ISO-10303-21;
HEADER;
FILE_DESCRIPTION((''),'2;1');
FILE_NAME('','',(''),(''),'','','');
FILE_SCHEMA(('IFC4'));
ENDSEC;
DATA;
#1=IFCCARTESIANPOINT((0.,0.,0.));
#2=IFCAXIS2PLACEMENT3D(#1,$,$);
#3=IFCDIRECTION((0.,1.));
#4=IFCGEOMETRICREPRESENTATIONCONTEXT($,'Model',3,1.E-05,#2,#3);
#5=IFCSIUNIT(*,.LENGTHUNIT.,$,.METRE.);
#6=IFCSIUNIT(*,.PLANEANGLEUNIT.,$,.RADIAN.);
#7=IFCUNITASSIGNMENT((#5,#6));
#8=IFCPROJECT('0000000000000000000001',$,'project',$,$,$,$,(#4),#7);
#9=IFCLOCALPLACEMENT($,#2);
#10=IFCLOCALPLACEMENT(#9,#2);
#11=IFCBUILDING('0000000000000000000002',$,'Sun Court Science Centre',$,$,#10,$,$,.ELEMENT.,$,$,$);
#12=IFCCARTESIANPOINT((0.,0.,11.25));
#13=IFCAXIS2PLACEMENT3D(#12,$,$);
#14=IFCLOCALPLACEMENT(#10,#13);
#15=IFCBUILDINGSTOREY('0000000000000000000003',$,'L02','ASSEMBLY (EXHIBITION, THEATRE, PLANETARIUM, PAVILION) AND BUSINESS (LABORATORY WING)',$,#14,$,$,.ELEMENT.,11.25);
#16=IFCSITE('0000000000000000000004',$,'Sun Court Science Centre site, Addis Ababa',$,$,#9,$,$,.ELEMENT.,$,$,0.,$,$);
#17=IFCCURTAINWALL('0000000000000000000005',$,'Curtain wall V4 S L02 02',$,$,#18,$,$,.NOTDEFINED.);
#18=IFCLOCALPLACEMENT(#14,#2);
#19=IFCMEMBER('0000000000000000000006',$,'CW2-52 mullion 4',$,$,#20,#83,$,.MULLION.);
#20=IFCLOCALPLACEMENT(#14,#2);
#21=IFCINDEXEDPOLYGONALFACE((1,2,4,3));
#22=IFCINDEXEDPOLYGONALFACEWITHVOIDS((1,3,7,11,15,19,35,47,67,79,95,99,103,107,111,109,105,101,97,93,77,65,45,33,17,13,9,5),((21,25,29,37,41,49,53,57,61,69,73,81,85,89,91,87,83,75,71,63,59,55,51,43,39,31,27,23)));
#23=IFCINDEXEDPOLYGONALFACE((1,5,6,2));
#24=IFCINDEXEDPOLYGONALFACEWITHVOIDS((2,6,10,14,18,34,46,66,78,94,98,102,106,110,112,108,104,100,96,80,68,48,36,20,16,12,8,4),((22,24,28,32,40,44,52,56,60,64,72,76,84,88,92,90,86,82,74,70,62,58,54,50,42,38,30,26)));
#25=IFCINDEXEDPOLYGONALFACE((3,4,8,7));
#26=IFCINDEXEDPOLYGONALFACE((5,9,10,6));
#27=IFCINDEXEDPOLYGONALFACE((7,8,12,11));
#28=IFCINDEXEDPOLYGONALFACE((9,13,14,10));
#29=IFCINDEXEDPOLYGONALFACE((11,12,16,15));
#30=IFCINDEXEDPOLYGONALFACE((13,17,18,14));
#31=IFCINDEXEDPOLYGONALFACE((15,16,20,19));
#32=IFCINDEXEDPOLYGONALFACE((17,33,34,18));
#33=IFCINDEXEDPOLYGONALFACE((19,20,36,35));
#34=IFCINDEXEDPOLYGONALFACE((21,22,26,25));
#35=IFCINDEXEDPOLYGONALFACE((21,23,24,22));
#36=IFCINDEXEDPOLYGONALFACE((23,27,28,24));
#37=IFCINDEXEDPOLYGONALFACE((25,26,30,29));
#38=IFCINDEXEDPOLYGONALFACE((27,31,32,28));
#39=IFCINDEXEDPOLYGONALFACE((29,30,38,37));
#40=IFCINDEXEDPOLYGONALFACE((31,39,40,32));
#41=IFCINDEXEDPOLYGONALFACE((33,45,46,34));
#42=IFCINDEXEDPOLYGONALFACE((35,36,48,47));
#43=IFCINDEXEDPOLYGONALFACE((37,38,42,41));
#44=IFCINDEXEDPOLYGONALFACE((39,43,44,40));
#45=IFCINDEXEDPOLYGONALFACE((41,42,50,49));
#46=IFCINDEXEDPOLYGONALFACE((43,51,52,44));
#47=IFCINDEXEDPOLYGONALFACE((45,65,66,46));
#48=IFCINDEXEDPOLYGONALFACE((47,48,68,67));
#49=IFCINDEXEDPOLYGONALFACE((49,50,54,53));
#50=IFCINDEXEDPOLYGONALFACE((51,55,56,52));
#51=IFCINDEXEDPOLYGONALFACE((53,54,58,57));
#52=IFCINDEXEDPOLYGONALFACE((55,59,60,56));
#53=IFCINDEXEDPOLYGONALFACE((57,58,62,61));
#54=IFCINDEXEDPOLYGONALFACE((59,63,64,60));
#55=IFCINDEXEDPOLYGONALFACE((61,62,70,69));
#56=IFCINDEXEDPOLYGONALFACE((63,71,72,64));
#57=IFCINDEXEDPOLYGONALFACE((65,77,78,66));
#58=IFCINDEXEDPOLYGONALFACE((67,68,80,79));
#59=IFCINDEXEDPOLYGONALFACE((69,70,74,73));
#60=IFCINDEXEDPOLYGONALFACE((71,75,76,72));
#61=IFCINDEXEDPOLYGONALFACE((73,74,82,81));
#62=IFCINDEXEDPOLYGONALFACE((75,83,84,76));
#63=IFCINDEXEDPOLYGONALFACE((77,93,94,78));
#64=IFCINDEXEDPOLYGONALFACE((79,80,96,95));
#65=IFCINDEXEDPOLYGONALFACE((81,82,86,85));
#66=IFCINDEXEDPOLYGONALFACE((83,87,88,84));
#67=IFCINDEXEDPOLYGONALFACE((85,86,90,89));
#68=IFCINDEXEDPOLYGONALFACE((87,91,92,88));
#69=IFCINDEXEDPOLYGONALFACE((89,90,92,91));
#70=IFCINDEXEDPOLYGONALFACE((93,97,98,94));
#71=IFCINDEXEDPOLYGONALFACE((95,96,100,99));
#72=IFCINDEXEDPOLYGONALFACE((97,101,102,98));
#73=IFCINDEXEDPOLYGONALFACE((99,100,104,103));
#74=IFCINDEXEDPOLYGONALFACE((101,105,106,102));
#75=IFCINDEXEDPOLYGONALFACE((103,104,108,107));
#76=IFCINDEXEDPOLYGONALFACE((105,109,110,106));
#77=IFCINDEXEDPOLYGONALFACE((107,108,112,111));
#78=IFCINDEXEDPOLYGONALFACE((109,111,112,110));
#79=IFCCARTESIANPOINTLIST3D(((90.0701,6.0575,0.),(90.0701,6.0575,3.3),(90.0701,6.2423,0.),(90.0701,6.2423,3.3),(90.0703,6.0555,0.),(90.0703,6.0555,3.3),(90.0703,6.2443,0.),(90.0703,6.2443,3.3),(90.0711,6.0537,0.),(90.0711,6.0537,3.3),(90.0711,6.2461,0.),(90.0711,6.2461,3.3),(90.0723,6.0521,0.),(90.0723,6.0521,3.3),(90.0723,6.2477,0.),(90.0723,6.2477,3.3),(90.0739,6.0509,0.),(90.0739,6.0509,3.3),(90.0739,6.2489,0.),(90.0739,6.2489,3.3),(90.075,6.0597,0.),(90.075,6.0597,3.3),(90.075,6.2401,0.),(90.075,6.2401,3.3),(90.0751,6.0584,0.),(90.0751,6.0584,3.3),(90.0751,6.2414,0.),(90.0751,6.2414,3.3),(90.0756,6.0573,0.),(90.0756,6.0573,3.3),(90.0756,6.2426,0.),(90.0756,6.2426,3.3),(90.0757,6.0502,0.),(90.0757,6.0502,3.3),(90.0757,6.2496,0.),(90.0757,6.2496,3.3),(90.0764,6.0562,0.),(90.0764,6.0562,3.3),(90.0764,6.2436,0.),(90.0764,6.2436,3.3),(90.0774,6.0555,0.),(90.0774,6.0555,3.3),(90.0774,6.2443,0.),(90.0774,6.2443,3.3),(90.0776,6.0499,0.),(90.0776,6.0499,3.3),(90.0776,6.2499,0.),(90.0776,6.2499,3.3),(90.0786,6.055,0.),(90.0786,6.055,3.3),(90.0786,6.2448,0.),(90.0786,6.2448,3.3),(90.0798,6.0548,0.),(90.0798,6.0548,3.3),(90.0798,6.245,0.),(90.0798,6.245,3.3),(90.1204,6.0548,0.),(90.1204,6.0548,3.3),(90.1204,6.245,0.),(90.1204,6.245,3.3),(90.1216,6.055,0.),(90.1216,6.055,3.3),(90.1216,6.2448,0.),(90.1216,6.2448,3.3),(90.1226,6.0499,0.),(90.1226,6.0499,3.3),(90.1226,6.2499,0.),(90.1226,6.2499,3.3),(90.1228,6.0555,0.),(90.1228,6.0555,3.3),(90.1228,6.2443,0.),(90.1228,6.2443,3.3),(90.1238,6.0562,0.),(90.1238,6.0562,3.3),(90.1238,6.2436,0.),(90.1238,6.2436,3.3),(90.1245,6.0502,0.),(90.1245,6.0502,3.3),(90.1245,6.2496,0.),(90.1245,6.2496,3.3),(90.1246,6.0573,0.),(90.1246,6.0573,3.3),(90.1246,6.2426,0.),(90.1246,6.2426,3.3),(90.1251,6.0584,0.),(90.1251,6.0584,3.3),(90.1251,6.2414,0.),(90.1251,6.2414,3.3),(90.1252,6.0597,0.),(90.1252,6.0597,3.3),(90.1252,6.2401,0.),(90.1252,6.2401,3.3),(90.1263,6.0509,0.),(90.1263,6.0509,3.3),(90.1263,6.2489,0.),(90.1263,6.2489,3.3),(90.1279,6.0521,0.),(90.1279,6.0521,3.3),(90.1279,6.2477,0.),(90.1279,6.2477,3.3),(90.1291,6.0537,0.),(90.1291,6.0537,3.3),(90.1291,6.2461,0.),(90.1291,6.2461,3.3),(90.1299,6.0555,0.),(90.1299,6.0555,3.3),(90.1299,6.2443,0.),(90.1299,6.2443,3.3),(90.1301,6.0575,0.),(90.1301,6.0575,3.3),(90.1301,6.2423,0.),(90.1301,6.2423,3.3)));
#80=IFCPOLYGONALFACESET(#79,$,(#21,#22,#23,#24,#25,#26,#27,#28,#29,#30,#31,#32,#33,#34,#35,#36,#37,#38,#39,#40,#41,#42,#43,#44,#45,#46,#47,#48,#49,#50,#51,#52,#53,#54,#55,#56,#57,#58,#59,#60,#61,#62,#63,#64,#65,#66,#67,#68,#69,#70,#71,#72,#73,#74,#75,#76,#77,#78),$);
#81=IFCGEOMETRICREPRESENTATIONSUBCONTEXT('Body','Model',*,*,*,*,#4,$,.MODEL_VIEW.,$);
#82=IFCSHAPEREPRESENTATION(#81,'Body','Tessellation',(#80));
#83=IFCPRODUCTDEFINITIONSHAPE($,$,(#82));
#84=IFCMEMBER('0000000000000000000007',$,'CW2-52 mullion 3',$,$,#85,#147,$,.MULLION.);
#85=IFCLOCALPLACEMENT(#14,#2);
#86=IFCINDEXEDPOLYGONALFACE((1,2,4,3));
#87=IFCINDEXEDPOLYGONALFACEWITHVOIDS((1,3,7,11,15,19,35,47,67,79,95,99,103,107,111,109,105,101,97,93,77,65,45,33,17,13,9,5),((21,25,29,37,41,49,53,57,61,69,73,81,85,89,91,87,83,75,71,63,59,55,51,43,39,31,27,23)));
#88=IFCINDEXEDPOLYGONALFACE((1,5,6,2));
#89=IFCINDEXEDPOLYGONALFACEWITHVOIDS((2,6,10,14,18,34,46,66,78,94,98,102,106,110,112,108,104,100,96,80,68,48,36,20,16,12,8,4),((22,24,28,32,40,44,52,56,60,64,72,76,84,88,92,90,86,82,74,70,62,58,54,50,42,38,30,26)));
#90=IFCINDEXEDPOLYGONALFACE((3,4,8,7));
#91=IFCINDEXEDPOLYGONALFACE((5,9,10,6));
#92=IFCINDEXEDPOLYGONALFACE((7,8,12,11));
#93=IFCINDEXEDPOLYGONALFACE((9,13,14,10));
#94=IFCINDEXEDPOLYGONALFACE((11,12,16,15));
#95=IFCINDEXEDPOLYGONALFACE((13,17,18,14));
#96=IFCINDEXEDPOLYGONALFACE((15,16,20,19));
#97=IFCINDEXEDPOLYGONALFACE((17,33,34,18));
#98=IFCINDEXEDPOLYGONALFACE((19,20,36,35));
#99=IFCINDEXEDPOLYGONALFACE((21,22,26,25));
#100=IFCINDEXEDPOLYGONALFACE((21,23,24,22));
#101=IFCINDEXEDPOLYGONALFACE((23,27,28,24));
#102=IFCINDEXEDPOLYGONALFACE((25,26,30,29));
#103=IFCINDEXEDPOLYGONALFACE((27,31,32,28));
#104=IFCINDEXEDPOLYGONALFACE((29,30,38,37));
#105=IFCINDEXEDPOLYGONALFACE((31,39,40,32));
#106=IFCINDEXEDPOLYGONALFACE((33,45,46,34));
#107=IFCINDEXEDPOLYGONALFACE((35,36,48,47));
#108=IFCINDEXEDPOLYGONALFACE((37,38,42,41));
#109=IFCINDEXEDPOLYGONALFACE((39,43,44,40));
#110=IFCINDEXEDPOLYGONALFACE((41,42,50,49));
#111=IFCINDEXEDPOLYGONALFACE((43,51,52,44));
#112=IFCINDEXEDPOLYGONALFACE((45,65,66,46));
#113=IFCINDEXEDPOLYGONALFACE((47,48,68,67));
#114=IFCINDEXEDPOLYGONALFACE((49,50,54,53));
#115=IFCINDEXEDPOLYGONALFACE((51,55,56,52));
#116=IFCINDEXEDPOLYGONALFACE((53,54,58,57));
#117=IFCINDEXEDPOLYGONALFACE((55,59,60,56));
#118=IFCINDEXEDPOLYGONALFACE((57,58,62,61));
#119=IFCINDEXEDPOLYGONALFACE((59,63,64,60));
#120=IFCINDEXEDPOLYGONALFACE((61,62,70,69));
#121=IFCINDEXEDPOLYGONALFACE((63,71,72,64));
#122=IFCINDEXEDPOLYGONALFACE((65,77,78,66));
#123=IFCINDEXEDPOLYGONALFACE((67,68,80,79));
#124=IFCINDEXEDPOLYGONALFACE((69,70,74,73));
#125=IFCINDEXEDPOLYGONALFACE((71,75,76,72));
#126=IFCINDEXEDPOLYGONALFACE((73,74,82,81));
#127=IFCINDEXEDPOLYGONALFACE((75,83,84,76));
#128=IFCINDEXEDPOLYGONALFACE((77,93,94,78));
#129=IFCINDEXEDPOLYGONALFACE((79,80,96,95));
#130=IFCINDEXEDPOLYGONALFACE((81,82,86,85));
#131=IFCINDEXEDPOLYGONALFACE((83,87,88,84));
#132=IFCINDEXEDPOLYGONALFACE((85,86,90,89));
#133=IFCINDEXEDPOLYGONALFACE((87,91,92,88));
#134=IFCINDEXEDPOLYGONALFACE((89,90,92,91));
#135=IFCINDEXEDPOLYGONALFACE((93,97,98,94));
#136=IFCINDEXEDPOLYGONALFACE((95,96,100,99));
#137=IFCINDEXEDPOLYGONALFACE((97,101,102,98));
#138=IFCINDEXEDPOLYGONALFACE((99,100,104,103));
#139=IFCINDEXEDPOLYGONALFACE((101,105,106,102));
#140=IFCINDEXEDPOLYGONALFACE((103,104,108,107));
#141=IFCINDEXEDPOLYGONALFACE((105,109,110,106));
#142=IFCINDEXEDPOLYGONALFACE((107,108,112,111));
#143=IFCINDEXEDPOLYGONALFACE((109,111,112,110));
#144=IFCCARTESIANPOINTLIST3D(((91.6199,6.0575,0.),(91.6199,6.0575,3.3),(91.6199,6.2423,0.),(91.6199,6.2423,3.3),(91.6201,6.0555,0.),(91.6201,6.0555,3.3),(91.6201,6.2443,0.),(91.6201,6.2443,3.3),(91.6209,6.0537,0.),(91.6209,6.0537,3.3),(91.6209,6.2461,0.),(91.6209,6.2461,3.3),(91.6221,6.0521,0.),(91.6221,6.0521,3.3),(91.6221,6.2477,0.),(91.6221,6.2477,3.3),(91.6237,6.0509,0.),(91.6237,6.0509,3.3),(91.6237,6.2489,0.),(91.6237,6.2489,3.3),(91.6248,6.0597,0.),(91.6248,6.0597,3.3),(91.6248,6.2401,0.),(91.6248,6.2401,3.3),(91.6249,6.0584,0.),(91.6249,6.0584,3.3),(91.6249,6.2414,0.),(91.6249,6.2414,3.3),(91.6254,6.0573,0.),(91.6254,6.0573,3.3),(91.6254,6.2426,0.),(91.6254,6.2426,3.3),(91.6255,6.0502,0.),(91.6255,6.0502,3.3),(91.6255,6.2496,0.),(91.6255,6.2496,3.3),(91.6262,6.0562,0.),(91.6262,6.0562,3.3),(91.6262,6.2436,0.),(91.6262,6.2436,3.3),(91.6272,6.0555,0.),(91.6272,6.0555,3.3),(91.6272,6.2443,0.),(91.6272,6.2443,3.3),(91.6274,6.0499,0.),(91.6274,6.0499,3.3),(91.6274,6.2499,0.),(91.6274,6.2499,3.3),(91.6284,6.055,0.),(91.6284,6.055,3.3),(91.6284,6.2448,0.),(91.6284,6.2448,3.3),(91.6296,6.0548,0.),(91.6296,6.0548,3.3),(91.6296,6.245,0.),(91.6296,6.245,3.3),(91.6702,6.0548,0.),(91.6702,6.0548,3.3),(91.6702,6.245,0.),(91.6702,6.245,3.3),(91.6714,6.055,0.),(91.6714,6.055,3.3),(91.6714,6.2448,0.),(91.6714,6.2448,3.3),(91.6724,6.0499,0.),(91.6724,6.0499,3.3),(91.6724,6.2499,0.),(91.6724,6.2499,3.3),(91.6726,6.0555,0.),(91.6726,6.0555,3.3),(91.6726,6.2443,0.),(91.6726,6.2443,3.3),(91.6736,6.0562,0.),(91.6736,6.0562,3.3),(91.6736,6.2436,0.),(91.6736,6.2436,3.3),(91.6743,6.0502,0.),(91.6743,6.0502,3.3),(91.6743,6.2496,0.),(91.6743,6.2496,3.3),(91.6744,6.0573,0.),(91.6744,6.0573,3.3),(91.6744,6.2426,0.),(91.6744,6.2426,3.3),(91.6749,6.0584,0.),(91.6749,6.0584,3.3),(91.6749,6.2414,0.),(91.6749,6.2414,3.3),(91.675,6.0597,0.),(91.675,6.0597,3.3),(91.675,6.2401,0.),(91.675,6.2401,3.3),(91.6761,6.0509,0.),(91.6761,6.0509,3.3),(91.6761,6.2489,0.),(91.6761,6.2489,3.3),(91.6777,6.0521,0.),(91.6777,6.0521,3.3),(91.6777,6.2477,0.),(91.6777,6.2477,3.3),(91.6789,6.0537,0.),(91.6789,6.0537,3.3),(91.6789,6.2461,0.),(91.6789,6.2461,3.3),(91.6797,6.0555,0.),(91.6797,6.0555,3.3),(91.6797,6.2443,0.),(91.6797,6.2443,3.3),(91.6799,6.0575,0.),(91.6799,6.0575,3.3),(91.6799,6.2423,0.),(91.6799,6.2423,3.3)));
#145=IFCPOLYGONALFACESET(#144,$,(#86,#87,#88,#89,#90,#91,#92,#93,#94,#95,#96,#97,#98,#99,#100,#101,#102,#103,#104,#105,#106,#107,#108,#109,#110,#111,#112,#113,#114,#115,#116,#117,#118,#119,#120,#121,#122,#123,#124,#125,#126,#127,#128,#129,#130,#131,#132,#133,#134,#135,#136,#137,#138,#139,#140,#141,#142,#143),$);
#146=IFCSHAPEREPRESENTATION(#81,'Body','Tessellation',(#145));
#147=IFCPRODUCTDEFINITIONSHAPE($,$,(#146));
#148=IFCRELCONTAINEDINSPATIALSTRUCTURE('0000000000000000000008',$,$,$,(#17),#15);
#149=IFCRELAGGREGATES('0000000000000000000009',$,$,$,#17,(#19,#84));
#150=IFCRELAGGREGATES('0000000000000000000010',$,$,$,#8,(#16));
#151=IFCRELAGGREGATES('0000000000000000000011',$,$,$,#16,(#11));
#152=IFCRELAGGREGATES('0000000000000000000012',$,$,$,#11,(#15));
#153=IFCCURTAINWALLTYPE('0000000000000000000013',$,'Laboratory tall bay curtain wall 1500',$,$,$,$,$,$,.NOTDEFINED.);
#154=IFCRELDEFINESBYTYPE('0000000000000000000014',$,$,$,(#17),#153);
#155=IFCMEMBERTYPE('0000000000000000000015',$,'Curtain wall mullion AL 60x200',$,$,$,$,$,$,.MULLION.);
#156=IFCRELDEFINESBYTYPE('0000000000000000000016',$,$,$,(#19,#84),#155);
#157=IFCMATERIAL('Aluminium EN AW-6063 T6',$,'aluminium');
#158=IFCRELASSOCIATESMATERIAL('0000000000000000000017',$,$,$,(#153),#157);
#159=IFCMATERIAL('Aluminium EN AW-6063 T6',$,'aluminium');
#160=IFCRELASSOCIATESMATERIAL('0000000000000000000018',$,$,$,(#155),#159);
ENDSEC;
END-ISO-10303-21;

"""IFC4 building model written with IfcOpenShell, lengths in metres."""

from ifc_helpers import new_model, si_unit, direction, frame, origin, origin_2d, place, context, subcontext, project, spatial, hollow_rectangle, extrude, material, material_profile, profile_set, type_object, element, aggregate, save


model = new_model("IFC4")

# Units and contexts
model_context = context("Model", 3, precision=1e-05, world=origin(), true_north=direction((0.0, 1.0)))
body_context = subcontext(model_context, "Body", "Model", "MODEL_VIEW")
ifc_project = project(units=[si_unit("LENGTHUNIT", "METRE"), si_unit("PLANEANGLEUNIT", "RADIAN")], contexts=[model_context])

# Site, building, storey
site_placement = place(None, origin())
site = spatial("IfcSite", under=ifc_project, at=site_placement, Name="Sun Court Science Centre site, Addis Ababa", CompositionType="ELEMENT", RefElevation=0.0)
building_placement = place(site_placement, origin())
building = spatial("IfcBuilding", under=site, at=building_placement, Name="Sun Court Science Centre", CompositionType="ELEMENT")
storey_placement = place(building_placement, frame((0.0, 0.0, 11.25)))
storey = spatial("IfcBuildingStorey", under=building, at=storey_placement, Name="L02", Description="ASSEMBLY (EXHIBITION, THEATRE, PLANETARIUM, PAVILION) AND BUSINESS (LABORATORY WING)", CompositionType="ELEMENT", Elevation=11.25)

# Curtain wall, members
ifc_material_1 = material(Name="Aluminium EN AW-6063 T6", Category="aluminium")
curtain_wall_type = type_object("IfcCurtainWallType", Name="Laboratory tall bay curtain wall 1500", PredefinedType="NOTDEFINED", material=ifc_material_1)
curtain_wall_placement = place(storey_placement, origin())
curtain_wall = element("IfcCurtainWall", 1, at=curtain_wall_placement, inside=storey, type_object=curtain_wall_type, Name="Curtain wall V4 S L02 02", PredefinedType="NOTDEFINED")
ifc_material_2 = material(Name="Aluminium EN AW-6063 T6", Category="aluminium")
ifc_material_profile_1 = material_profile(ifc_material_2, hollow_rectangle(XDim=0.0601, YDim=0.2, WallThickness=0.0049, InnerFilletRadius=0.0049, OuterFilletRadius=0.0076, at=origin_2d()), Name="AL 60x200x5")
ifc_profile_set_1 = profile_set([ifc_material_profile_1], Name="Aluminium EN AW-6063 T6")
member_type_1 = type_object("IfcMemberType", Name="Curtain wall mullion AL 60x200", PredefinedType="MULLION", material=ifc_profile_set_1)
member_1_placement = place(storey_placement, frame((90.1001, 6.1499, 0.0), z_axis=(0.0, 0.0, 1.0), x_axis=(-1.0, 0.0, 0.0)))
member_1 = element("IfcMember", 2, at=member_1_placement, type_object=member_type_1, Name="CW2-52 mullion 4", PredefinedType="MULLION", context=body_context, shape_type="SweptSolid", body=[
    extrude(hollow_rectangle(XDim=0.0601, YDim=0.2, WallThickness=0.0049, InnerFilletRadius=0.0049, OuterFilletRadius=0.0076, at=origin_2d()), origin(), (0.0, 0.0, 1.0), 3.3),
])
member_2_placement = place(storey_placement, frame((91.6499, 6.1499, 0.0), z_axis=(0.0, 0.0, 1.0), x_axis=(-1.0, 0.0, 0.0)))
member_2 = element("IfcMember", 3, at=member_2_placement, type_object=member_type_1, Name="CW2-52 mullion 3", PredefinedType="MULLION", context=body_context, shape_type="SweptSolid", body=[
    extrude(hollow_rectangle(XDim=0.0601, YDim=0.2, WallThickness=0.0049, InnerFilletRadius=0.0049, OuterFilletRadius=0.0076, at=origin_2d()), origin(), (0.0, 0.0, 1.0), 3.3),
])

aggregate(curtain_wall, [member_1, member_2])

save(model, "model.ifc")
